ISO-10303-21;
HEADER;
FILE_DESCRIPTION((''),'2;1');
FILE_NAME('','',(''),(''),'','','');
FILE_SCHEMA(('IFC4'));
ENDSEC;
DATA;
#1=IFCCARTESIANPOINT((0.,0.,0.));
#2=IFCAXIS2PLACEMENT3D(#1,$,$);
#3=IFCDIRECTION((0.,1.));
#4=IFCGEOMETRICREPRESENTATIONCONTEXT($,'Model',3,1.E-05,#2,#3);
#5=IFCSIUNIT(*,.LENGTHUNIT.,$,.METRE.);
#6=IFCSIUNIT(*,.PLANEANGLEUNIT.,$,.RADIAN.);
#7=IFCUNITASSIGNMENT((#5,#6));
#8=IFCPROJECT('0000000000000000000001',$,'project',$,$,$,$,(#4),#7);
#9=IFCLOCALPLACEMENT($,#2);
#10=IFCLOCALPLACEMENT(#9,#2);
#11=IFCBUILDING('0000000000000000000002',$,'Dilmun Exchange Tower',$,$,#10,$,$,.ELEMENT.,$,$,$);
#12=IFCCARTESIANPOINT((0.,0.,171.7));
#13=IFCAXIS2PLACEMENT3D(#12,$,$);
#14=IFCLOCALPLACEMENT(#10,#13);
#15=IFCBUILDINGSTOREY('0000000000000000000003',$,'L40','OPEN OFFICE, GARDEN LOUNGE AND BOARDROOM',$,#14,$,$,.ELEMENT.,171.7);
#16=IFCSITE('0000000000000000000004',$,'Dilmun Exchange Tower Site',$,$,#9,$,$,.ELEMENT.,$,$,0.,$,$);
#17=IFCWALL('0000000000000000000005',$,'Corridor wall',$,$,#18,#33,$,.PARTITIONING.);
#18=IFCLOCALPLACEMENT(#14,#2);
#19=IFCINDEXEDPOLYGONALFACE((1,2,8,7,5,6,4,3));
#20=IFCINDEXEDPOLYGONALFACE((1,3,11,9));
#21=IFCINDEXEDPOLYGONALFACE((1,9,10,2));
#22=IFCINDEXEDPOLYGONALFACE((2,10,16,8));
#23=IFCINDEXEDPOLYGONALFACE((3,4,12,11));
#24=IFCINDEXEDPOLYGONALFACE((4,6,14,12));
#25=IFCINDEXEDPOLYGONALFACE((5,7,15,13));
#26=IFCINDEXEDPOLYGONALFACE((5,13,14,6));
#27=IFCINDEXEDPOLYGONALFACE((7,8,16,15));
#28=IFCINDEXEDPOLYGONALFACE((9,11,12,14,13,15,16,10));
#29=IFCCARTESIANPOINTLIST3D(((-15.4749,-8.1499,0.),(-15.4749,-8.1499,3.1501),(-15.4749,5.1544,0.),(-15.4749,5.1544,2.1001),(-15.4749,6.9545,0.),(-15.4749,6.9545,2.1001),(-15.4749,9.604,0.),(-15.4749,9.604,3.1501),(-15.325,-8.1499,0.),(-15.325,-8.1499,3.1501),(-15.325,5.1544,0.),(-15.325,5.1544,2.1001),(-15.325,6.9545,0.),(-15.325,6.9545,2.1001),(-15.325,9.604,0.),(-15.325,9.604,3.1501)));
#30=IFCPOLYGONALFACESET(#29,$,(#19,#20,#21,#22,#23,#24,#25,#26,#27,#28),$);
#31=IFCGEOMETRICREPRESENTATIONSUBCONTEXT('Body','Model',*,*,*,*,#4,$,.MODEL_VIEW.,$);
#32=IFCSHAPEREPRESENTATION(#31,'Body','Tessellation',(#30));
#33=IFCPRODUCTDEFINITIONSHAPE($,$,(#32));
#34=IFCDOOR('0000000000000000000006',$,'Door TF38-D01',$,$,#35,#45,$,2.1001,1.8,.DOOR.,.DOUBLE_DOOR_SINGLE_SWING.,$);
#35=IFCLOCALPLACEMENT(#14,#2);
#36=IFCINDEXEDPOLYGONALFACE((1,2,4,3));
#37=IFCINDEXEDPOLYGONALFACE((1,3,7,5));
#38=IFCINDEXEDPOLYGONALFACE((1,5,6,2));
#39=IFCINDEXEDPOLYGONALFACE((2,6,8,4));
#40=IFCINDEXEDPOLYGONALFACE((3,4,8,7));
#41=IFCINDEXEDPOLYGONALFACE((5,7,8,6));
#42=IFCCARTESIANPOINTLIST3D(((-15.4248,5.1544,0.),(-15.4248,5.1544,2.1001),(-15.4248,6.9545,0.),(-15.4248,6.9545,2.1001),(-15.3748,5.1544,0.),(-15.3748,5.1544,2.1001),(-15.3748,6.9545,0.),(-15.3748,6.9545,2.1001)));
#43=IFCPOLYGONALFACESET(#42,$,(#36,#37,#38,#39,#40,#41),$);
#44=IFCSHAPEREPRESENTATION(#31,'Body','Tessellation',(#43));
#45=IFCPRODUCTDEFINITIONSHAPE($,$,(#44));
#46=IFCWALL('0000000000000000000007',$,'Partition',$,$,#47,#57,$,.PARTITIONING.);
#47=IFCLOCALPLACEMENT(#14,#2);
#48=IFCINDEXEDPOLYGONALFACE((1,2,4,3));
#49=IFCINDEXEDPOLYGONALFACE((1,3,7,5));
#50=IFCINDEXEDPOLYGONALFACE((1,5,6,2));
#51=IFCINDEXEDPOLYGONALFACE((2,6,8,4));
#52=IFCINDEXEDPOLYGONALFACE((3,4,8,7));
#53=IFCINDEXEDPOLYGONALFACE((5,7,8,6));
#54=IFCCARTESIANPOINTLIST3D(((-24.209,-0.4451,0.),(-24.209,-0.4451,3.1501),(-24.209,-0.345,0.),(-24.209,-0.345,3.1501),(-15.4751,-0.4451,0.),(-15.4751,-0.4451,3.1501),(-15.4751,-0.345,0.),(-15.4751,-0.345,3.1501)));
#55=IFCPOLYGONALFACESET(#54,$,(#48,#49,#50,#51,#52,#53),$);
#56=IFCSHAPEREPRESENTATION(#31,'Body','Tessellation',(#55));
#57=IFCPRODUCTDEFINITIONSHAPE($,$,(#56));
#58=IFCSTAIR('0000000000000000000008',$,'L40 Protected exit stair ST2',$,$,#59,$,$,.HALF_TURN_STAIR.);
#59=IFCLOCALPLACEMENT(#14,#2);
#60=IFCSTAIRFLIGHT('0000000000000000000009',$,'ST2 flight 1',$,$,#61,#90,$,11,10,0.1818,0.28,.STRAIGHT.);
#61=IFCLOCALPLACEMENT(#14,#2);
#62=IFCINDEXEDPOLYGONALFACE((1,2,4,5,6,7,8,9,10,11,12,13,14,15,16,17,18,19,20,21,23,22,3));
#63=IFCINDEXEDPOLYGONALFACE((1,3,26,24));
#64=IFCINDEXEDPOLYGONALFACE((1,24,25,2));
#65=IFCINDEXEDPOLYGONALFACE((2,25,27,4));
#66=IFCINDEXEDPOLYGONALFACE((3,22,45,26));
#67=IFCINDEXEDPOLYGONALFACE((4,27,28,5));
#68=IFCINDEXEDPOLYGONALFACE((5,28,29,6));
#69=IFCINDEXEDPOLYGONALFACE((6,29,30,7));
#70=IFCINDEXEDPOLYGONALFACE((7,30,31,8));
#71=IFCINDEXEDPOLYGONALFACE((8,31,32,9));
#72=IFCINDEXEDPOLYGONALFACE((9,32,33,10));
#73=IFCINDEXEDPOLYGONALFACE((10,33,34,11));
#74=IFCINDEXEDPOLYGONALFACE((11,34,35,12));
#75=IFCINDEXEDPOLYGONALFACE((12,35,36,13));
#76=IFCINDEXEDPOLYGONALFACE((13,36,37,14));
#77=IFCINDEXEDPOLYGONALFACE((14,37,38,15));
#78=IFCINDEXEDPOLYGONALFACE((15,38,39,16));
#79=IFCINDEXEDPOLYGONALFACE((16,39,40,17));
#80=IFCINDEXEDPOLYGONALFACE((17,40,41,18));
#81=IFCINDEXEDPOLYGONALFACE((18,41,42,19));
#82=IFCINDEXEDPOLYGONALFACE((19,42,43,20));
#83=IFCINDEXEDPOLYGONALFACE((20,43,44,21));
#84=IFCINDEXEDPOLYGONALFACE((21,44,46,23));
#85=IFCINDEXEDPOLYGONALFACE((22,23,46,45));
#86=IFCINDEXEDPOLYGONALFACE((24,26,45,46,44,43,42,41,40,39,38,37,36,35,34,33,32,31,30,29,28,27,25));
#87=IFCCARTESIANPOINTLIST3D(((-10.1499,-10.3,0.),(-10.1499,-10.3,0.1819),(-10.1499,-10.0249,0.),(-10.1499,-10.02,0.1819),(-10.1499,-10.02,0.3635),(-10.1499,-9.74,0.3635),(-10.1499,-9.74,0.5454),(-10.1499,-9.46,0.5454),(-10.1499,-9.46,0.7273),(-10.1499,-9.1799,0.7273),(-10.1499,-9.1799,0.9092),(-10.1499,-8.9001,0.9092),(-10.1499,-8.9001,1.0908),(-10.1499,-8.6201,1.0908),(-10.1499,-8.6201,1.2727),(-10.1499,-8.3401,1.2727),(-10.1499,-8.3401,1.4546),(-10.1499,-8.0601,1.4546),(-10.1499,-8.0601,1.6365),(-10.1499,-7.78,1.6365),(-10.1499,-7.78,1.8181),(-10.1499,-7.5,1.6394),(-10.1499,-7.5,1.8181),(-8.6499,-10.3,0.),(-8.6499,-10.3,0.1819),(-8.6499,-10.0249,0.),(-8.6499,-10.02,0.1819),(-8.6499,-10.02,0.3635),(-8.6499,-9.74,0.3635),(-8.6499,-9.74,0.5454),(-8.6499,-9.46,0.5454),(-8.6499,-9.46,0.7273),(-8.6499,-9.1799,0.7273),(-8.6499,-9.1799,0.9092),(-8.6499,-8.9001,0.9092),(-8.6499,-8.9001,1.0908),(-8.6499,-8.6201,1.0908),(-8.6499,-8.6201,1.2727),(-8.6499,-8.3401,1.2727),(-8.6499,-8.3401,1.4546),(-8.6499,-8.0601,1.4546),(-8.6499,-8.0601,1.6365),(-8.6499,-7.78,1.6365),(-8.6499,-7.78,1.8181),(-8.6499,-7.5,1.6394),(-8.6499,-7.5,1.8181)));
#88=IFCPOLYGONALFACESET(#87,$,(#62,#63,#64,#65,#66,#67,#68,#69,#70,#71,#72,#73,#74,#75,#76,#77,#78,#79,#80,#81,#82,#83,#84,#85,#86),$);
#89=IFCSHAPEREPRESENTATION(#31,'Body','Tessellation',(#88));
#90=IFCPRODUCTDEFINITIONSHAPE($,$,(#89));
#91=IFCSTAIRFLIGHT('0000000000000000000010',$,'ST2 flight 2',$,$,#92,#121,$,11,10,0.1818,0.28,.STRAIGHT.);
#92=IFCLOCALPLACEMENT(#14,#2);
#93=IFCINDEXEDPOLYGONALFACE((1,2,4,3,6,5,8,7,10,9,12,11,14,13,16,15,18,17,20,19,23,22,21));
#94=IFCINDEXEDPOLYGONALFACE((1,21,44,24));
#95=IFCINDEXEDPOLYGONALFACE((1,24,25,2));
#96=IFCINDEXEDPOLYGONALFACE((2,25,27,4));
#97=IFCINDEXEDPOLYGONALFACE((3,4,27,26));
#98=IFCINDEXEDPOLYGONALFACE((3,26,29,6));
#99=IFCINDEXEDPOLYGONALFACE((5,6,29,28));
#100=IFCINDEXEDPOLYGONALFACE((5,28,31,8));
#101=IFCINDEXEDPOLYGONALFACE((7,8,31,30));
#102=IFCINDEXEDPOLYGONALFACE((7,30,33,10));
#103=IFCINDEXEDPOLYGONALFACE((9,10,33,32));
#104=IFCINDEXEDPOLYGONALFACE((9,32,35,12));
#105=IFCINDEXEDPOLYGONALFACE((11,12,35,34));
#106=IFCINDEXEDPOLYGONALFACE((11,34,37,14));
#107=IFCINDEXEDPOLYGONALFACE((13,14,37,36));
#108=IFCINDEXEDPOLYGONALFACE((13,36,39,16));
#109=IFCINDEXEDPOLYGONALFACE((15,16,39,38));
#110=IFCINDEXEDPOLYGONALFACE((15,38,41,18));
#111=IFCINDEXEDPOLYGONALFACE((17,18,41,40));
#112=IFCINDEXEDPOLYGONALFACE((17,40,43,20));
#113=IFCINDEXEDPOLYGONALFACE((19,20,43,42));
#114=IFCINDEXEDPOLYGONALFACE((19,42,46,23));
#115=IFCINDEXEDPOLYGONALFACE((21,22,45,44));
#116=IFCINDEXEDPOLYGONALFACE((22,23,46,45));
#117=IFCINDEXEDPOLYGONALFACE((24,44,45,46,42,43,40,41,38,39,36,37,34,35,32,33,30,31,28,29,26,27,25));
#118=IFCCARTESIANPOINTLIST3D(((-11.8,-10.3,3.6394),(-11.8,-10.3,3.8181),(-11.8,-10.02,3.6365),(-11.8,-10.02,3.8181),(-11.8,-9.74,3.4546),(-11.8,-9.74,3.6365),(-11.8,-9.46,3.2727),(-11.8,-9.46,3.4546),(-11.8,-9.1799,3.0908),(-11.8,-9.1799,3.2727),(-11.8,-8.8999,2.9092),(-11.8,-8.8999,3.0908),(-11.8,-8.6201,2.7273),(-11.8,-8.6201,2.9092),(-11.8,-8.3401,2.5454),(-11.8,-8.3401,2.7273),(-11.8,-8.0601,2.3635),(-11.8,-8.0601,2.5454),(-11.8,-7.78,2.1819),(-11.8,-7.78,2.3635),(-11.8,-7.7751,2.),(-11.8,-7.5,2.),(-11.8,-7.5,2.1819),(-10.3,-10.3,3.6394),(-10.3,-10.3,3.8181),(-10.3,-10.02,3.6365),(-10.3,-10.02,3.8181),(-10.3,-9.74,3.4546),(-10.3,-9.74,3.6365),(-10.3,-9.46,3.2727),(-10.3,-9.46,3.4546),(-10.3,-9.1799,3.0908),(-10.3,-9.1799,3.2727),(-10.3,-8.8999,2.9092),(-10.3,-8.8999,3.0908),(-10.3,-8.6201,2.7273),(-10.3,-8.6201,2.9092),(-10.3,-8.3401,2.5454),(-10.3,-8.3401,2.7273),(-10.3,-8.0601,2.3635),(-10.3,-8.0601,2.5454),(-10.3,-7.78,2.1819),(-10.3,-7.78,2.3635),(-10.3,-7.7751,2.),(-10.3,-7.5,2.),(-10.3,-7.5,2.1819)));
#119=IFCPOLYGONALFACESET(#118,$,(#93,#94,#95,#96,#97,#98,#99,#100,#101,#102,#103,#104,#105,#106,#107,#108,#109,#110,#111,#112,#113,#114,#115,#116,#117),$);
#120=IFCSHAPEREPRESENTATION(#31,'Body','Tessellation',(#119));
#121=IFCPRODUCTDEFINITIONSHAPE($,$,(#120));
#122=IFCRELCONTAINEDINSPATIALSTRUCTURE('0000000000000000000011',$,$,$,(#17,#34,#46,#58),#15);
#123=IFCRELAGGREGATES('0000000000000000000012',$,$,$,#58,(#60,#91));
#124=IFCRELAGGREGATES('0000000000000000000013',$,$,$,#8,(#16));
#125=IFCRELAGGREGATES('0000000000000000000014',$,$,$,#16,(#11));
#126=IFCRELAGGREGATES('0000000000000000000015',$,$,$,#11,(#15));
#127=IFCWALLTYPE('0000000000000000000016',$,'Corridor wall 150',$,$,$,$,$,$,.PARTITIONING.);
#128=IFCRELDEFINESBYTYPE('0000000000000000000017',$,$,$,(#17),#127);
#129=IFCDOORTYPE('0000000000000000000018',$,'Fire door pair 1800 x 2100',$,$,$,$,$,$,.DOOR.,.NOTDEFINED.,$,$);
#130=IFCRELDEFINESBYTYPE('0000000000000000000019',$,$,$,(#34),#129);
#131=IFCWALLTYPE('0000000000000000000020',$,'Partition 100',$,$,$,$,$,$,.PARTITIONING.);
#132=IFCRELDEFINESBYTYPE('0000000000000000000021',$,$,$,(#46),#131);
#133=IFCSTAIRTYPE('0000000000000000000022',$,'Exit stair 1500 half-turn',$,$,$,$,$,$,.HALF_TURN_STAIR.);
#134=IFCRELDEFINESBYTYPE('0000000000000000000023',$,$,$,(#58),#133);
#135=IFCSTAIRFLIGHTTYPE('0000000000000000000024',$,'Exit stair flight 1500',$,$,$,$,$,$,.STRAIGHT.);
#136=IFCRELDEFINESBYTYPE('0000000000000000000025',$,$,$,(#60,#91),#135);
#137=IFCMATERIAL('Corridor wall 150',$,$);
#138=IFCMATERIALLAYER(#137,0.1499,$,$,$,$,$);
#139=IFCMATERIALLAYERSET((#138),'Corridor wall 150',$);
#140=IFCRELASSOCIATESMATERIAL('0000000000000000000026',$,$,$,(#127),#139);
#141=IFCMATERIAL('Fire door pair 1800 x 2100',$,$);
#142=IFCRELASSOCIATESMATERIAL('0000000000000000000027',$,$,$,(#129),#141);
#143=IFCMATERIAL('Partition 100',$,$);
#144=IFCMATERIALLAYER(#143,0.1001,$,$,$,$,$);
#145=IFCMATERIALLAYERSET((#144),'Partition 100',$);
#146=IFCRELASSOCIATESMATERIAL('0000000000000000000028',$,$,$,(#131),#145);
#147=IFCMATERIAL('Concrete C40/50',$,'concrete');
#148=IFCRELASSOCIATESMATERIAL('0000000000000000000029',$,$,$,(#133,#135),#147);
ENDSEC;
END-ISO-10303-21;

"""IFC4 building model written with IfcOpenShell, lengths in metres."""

from ifc_helpers import new_model, si_unit, direction, frame, frame_2d, origin, place, context, subcontext, project, spatial, polyline, rectangle, outline, extrude, material, layer, layer_set, type_object, element, fill, aggregate, save


model = new_model("IFC4")

# Units and contexts
model_context = context("Model", 3, precision=1e-05, world=origin(), true_north=direction((0.0, 1.0)))
body_context = subcontext(model_context, "Body", "Model", "MODEL_VIEW")
ifc_project = project(units=[si_unit("LENGTHUNIT", "METRE"), si_unit("PLANEANGLEUNIT", "RADIAN")], contexts=[model_context])

# Site, building, storey
site_placement = place(None, origin())
site = spatial("IfcSite", under=ifc_project, at=site_placement, Name="Dilmun Exchange Tower Site", CompositionType="ELEMENT", RefElevation=0.0)
building_placement = place(site_placement, origin())
building = spatial("IfcBuilding", under=site, at=building_placement, Name="Dilmun Exchange Tower", CompositionType="ELEMENT")
storey_placement = place(building_placement, frame((0.0, 0.0, 171.7)))
storey = spatial("IfcBuildingStorey", under=building, at=storey_placement, Name="L40", Description="OPEN OFFICE, GARDEN LOUNGE AND BOARDROOM", CompositionType="ELEMENT", Elevation=171.7)

# Shared definitions
ifc_material_1 = material(Name="Concrete C40/50", Category="concrete")

# Shared definitions
ifc_material_2 = material(Name="Corridor wall 150")
ifc_layer_1 = layer(ifc_material_2, 0.1499)
ifc_layer_set_1 = layer_set([ifc_layer_1], Name="Corridor wall 150")
wall_type_1 = type_object("IfcWallType", Name="Corridor wall 150", PredefinedType="PARTITIONING", material=ifc_layer_set_1)

# Wall, opening, door
wall_1_placement = place(storey_placement, frame((-15.3999, -8.1499, 0.0), z_axis=(0.0, 0.0, 1.0), x_axis=(0.0, 1.0, 0.0)))
wall_1 = element("IfcWall", 1, at=wall_1_placement, inside=storey, type_object=wall_type_1, Name="Corridor wall", PredefinedType="PARTITIONING", context=body_context, shape_type="SweptSolid", body=[
    extrude(rectangle(XDim=17.7539, YDim=0.1499, at=frame_2d((8.877, 0.0))), origin(), (0.0, 0.0, 1.0), 3.1501),
])
opening_1_placement = place(wall_1_placement, frame((13.3044, 0.0, 0.0)))
opening_1 = element("IfcOpeningElement", 2, at=opening_1_placement, cuts=wall_1, PredefinedType="OPENING", context=body_context, shape_type="SweptSolid", body=[
    extrude(rectangle(XDim=1.8, YDim=2.1001, at=frame_2d((0.8999, 1.05))), frame((0.0, 0.085, 0.0), z_axis=(0.0, -1.0, 0.0), x_axis=(1.0, 0.0, 0.0)), (0.0, 0.0, 1.0), 0.1699),
])
ifc_material_3 = material(Name="Fire door pair 1800 x 2100")
door_type_1 = type_object("IfcDoorType", Name="Fire door pair 1800 x 2100", OperationType="NOTDEFINED", PredefinedType="DOOR", material=ifc_material_3)
door_1_placement = place(opening_1_placement, origin())
door_1 = element("IfcDoor", 3, at=door_1_placement, inside=storey, type_object=door_type_1, Name="Door TF38-D01", OperationType="DOUBLE_DOOR_SINGLE_SWING", OverallHeight=2.1001, OverallWidth=1.8, PredefinedType="DOOR", context=body_context, shape_type="SweptSolid", body=[
    extrude(rectangle(XDim=1.8, YDim=2.1001, at=frame_2d((0.8999, 1.05))), frame((0.0, 0.0249, 0.0), z_axis=(0.0, -1.0, 0.0), x_axis=(1.0, 0.0, 0.0)), (0.0, 0.0, 1.0), 0.05),
])
fill(opening_1, door_1)

# Wall
ifc_material_4 = material(Name="Partition 100")
ifc_layer_2 = layer(ifc_material_4, 0.1001)
ifc_layer_set_2 = layer_set([ifc_layer_2], Name="Partition 100")
wall_type_2 = type_object("IfcWallType", Name="Partition 100", PredefinedType="PARTITIONING", material=ifc_layer_set_2)
wall_2_placement = place(storey_placement, frame((-24.209, -0.395, 0.0), z_axis=(0.0, 0.0, 1.0), x_axis=(1.0, 0.0, 0.0)))
element("IfcWall", 4, at=wall_2_placement, inside=storey, type_object=wall_type_2, Name="Partition", PredefinedType="PARTITIONING", context=body_context, shape_type="SweptSolid", body=[
    extrude(rectangle(XDim=8.7339, YDim=0.1001, at=frame_2d((4.3669, 0.0))), origin(), (0.0, 0.0, 1.0), 3.1501),
])

# Stair, stair flights
stair_type = type_object("IfcStairType", Name="Exit stair 1500 half-turn", PredefinedType="HALF_TURN_STAIR", material=ifc_material_1)
stair_placement = place(storey_placement, origin())
stair = element("IfcStair", 5, at=stair_placement, inside=storey, type_object=stair_type, Name="L40 Protected exit stair ST2", PredefinedType="HALF_TURN_STAIR")
stair_flight_type = type_object("IfcStairFlightType", Name="Exit stair flight 1500", PredefinedType="STRAIGHT", material=ifc_material_1)
stair_flight_1_placement = place(storey_placement, frame((-9.3999, -10.3, 0.0), z_axis=(0.0, 0.0, 1.0), x_axis=(0.0, 1.0, 0.0)))
stair_flight_1 = element("IfcStairFlight", 6, at=stair_flight_1_placement, type_object=stair_flight_type, Name="ST2 flight 1", NumberOfRisers=11, NumberOfTreads=10, PredefinedType="STRAIGHT", RiserHeight=0.1818, TreadLength=0.28, context=body_context, shape_type="SweptSolid", body=[
    extrude(outline(polyline([(0.0, 0.0), (0.0, 0.1819), (0.28, 0.1819), (0.28, 0.3635), (0.5601, 0.3635), (0.5601, 0.5454), (0.8401, 0.5454), (0.8401, 0.7273), (1.1201, 0.7273), (1.1201, 0.9092), (1.3999, 0.9092), (1.3999, 1.0908), (1.6799, 1.0908), (1.6799, 1.2727), (1.96, 1.2727), (1.96, 1.4546), (2.24, 1.4546), (2.24, 1.6365), (2.52, 1.6365), (2.52, 1.8181), (2.8, 1.8181), (2.8, 2.0), (2.8, 1.6394), (0.2751, 0.0), (0.0, 0.0)])), frame((0.0, 0.75, 0.0), z_axis=(0.0, -1.0, 0.0), x_axis=(1.0, 0.0, 0.0)), (0.0, 0.0, 1.0), 1.5),
])
stair_flight_2_placement = place(storey_placement, frame((-11.05, -7.5, 2.0), z_axis=(0.0, 0.0, 1.0), x_axis=(0.0, -1.0, 0.0)))
stair_flight_2 = element("IfcStairFlight", 7, at=stair_flight_2_placement, type_object=stair_flight_type, Name="ST2 flight 2", NumberOfRisers=11, NumberOfTreads=10, PredefinedType="STRAIGHT", RiserHeight=0.1818, TreadLength=0.28, context=body_context, shape_type="SweptSolid", body=[
    extrude(outline(polyline([(0.0, 0.0), (0.0, 0.1819), (0.28, 0.1819), (0.28, 0.3635), (0.5601, 0.3635), (0.5601, 0.5454), (0.8401, 0.5454), (0.8401, 0.7273), (1.1201, 0.7273), (1.1201, 0.9092), (1.3999, 0.9092), (1.3999, 1.0908), (1.6799, 1.0908), (1.6799, 1.2727), (1.96, 1.2727), (1.96, 1.4546), (2.24, 1.4546), (2.24, 1.6365), (2.52, 1.6365), (2.52, 1.8181), (2.8, 1.8181), (2.8, 2.0), (2.8, 1.6394), (0.2751, 0.0), (0.0, 0.0)])), frame((0.0, 0.75, 0.0), z_axis=(0.0, -1.0, 0.0), x_axis=(1.0, 0.0, 0.0)), (0.0, 0.0, 1.0), 1.5),
])
aggregate(stair, [stair_flight_1, stair_flight_2])

save(model, "model.ifc")
